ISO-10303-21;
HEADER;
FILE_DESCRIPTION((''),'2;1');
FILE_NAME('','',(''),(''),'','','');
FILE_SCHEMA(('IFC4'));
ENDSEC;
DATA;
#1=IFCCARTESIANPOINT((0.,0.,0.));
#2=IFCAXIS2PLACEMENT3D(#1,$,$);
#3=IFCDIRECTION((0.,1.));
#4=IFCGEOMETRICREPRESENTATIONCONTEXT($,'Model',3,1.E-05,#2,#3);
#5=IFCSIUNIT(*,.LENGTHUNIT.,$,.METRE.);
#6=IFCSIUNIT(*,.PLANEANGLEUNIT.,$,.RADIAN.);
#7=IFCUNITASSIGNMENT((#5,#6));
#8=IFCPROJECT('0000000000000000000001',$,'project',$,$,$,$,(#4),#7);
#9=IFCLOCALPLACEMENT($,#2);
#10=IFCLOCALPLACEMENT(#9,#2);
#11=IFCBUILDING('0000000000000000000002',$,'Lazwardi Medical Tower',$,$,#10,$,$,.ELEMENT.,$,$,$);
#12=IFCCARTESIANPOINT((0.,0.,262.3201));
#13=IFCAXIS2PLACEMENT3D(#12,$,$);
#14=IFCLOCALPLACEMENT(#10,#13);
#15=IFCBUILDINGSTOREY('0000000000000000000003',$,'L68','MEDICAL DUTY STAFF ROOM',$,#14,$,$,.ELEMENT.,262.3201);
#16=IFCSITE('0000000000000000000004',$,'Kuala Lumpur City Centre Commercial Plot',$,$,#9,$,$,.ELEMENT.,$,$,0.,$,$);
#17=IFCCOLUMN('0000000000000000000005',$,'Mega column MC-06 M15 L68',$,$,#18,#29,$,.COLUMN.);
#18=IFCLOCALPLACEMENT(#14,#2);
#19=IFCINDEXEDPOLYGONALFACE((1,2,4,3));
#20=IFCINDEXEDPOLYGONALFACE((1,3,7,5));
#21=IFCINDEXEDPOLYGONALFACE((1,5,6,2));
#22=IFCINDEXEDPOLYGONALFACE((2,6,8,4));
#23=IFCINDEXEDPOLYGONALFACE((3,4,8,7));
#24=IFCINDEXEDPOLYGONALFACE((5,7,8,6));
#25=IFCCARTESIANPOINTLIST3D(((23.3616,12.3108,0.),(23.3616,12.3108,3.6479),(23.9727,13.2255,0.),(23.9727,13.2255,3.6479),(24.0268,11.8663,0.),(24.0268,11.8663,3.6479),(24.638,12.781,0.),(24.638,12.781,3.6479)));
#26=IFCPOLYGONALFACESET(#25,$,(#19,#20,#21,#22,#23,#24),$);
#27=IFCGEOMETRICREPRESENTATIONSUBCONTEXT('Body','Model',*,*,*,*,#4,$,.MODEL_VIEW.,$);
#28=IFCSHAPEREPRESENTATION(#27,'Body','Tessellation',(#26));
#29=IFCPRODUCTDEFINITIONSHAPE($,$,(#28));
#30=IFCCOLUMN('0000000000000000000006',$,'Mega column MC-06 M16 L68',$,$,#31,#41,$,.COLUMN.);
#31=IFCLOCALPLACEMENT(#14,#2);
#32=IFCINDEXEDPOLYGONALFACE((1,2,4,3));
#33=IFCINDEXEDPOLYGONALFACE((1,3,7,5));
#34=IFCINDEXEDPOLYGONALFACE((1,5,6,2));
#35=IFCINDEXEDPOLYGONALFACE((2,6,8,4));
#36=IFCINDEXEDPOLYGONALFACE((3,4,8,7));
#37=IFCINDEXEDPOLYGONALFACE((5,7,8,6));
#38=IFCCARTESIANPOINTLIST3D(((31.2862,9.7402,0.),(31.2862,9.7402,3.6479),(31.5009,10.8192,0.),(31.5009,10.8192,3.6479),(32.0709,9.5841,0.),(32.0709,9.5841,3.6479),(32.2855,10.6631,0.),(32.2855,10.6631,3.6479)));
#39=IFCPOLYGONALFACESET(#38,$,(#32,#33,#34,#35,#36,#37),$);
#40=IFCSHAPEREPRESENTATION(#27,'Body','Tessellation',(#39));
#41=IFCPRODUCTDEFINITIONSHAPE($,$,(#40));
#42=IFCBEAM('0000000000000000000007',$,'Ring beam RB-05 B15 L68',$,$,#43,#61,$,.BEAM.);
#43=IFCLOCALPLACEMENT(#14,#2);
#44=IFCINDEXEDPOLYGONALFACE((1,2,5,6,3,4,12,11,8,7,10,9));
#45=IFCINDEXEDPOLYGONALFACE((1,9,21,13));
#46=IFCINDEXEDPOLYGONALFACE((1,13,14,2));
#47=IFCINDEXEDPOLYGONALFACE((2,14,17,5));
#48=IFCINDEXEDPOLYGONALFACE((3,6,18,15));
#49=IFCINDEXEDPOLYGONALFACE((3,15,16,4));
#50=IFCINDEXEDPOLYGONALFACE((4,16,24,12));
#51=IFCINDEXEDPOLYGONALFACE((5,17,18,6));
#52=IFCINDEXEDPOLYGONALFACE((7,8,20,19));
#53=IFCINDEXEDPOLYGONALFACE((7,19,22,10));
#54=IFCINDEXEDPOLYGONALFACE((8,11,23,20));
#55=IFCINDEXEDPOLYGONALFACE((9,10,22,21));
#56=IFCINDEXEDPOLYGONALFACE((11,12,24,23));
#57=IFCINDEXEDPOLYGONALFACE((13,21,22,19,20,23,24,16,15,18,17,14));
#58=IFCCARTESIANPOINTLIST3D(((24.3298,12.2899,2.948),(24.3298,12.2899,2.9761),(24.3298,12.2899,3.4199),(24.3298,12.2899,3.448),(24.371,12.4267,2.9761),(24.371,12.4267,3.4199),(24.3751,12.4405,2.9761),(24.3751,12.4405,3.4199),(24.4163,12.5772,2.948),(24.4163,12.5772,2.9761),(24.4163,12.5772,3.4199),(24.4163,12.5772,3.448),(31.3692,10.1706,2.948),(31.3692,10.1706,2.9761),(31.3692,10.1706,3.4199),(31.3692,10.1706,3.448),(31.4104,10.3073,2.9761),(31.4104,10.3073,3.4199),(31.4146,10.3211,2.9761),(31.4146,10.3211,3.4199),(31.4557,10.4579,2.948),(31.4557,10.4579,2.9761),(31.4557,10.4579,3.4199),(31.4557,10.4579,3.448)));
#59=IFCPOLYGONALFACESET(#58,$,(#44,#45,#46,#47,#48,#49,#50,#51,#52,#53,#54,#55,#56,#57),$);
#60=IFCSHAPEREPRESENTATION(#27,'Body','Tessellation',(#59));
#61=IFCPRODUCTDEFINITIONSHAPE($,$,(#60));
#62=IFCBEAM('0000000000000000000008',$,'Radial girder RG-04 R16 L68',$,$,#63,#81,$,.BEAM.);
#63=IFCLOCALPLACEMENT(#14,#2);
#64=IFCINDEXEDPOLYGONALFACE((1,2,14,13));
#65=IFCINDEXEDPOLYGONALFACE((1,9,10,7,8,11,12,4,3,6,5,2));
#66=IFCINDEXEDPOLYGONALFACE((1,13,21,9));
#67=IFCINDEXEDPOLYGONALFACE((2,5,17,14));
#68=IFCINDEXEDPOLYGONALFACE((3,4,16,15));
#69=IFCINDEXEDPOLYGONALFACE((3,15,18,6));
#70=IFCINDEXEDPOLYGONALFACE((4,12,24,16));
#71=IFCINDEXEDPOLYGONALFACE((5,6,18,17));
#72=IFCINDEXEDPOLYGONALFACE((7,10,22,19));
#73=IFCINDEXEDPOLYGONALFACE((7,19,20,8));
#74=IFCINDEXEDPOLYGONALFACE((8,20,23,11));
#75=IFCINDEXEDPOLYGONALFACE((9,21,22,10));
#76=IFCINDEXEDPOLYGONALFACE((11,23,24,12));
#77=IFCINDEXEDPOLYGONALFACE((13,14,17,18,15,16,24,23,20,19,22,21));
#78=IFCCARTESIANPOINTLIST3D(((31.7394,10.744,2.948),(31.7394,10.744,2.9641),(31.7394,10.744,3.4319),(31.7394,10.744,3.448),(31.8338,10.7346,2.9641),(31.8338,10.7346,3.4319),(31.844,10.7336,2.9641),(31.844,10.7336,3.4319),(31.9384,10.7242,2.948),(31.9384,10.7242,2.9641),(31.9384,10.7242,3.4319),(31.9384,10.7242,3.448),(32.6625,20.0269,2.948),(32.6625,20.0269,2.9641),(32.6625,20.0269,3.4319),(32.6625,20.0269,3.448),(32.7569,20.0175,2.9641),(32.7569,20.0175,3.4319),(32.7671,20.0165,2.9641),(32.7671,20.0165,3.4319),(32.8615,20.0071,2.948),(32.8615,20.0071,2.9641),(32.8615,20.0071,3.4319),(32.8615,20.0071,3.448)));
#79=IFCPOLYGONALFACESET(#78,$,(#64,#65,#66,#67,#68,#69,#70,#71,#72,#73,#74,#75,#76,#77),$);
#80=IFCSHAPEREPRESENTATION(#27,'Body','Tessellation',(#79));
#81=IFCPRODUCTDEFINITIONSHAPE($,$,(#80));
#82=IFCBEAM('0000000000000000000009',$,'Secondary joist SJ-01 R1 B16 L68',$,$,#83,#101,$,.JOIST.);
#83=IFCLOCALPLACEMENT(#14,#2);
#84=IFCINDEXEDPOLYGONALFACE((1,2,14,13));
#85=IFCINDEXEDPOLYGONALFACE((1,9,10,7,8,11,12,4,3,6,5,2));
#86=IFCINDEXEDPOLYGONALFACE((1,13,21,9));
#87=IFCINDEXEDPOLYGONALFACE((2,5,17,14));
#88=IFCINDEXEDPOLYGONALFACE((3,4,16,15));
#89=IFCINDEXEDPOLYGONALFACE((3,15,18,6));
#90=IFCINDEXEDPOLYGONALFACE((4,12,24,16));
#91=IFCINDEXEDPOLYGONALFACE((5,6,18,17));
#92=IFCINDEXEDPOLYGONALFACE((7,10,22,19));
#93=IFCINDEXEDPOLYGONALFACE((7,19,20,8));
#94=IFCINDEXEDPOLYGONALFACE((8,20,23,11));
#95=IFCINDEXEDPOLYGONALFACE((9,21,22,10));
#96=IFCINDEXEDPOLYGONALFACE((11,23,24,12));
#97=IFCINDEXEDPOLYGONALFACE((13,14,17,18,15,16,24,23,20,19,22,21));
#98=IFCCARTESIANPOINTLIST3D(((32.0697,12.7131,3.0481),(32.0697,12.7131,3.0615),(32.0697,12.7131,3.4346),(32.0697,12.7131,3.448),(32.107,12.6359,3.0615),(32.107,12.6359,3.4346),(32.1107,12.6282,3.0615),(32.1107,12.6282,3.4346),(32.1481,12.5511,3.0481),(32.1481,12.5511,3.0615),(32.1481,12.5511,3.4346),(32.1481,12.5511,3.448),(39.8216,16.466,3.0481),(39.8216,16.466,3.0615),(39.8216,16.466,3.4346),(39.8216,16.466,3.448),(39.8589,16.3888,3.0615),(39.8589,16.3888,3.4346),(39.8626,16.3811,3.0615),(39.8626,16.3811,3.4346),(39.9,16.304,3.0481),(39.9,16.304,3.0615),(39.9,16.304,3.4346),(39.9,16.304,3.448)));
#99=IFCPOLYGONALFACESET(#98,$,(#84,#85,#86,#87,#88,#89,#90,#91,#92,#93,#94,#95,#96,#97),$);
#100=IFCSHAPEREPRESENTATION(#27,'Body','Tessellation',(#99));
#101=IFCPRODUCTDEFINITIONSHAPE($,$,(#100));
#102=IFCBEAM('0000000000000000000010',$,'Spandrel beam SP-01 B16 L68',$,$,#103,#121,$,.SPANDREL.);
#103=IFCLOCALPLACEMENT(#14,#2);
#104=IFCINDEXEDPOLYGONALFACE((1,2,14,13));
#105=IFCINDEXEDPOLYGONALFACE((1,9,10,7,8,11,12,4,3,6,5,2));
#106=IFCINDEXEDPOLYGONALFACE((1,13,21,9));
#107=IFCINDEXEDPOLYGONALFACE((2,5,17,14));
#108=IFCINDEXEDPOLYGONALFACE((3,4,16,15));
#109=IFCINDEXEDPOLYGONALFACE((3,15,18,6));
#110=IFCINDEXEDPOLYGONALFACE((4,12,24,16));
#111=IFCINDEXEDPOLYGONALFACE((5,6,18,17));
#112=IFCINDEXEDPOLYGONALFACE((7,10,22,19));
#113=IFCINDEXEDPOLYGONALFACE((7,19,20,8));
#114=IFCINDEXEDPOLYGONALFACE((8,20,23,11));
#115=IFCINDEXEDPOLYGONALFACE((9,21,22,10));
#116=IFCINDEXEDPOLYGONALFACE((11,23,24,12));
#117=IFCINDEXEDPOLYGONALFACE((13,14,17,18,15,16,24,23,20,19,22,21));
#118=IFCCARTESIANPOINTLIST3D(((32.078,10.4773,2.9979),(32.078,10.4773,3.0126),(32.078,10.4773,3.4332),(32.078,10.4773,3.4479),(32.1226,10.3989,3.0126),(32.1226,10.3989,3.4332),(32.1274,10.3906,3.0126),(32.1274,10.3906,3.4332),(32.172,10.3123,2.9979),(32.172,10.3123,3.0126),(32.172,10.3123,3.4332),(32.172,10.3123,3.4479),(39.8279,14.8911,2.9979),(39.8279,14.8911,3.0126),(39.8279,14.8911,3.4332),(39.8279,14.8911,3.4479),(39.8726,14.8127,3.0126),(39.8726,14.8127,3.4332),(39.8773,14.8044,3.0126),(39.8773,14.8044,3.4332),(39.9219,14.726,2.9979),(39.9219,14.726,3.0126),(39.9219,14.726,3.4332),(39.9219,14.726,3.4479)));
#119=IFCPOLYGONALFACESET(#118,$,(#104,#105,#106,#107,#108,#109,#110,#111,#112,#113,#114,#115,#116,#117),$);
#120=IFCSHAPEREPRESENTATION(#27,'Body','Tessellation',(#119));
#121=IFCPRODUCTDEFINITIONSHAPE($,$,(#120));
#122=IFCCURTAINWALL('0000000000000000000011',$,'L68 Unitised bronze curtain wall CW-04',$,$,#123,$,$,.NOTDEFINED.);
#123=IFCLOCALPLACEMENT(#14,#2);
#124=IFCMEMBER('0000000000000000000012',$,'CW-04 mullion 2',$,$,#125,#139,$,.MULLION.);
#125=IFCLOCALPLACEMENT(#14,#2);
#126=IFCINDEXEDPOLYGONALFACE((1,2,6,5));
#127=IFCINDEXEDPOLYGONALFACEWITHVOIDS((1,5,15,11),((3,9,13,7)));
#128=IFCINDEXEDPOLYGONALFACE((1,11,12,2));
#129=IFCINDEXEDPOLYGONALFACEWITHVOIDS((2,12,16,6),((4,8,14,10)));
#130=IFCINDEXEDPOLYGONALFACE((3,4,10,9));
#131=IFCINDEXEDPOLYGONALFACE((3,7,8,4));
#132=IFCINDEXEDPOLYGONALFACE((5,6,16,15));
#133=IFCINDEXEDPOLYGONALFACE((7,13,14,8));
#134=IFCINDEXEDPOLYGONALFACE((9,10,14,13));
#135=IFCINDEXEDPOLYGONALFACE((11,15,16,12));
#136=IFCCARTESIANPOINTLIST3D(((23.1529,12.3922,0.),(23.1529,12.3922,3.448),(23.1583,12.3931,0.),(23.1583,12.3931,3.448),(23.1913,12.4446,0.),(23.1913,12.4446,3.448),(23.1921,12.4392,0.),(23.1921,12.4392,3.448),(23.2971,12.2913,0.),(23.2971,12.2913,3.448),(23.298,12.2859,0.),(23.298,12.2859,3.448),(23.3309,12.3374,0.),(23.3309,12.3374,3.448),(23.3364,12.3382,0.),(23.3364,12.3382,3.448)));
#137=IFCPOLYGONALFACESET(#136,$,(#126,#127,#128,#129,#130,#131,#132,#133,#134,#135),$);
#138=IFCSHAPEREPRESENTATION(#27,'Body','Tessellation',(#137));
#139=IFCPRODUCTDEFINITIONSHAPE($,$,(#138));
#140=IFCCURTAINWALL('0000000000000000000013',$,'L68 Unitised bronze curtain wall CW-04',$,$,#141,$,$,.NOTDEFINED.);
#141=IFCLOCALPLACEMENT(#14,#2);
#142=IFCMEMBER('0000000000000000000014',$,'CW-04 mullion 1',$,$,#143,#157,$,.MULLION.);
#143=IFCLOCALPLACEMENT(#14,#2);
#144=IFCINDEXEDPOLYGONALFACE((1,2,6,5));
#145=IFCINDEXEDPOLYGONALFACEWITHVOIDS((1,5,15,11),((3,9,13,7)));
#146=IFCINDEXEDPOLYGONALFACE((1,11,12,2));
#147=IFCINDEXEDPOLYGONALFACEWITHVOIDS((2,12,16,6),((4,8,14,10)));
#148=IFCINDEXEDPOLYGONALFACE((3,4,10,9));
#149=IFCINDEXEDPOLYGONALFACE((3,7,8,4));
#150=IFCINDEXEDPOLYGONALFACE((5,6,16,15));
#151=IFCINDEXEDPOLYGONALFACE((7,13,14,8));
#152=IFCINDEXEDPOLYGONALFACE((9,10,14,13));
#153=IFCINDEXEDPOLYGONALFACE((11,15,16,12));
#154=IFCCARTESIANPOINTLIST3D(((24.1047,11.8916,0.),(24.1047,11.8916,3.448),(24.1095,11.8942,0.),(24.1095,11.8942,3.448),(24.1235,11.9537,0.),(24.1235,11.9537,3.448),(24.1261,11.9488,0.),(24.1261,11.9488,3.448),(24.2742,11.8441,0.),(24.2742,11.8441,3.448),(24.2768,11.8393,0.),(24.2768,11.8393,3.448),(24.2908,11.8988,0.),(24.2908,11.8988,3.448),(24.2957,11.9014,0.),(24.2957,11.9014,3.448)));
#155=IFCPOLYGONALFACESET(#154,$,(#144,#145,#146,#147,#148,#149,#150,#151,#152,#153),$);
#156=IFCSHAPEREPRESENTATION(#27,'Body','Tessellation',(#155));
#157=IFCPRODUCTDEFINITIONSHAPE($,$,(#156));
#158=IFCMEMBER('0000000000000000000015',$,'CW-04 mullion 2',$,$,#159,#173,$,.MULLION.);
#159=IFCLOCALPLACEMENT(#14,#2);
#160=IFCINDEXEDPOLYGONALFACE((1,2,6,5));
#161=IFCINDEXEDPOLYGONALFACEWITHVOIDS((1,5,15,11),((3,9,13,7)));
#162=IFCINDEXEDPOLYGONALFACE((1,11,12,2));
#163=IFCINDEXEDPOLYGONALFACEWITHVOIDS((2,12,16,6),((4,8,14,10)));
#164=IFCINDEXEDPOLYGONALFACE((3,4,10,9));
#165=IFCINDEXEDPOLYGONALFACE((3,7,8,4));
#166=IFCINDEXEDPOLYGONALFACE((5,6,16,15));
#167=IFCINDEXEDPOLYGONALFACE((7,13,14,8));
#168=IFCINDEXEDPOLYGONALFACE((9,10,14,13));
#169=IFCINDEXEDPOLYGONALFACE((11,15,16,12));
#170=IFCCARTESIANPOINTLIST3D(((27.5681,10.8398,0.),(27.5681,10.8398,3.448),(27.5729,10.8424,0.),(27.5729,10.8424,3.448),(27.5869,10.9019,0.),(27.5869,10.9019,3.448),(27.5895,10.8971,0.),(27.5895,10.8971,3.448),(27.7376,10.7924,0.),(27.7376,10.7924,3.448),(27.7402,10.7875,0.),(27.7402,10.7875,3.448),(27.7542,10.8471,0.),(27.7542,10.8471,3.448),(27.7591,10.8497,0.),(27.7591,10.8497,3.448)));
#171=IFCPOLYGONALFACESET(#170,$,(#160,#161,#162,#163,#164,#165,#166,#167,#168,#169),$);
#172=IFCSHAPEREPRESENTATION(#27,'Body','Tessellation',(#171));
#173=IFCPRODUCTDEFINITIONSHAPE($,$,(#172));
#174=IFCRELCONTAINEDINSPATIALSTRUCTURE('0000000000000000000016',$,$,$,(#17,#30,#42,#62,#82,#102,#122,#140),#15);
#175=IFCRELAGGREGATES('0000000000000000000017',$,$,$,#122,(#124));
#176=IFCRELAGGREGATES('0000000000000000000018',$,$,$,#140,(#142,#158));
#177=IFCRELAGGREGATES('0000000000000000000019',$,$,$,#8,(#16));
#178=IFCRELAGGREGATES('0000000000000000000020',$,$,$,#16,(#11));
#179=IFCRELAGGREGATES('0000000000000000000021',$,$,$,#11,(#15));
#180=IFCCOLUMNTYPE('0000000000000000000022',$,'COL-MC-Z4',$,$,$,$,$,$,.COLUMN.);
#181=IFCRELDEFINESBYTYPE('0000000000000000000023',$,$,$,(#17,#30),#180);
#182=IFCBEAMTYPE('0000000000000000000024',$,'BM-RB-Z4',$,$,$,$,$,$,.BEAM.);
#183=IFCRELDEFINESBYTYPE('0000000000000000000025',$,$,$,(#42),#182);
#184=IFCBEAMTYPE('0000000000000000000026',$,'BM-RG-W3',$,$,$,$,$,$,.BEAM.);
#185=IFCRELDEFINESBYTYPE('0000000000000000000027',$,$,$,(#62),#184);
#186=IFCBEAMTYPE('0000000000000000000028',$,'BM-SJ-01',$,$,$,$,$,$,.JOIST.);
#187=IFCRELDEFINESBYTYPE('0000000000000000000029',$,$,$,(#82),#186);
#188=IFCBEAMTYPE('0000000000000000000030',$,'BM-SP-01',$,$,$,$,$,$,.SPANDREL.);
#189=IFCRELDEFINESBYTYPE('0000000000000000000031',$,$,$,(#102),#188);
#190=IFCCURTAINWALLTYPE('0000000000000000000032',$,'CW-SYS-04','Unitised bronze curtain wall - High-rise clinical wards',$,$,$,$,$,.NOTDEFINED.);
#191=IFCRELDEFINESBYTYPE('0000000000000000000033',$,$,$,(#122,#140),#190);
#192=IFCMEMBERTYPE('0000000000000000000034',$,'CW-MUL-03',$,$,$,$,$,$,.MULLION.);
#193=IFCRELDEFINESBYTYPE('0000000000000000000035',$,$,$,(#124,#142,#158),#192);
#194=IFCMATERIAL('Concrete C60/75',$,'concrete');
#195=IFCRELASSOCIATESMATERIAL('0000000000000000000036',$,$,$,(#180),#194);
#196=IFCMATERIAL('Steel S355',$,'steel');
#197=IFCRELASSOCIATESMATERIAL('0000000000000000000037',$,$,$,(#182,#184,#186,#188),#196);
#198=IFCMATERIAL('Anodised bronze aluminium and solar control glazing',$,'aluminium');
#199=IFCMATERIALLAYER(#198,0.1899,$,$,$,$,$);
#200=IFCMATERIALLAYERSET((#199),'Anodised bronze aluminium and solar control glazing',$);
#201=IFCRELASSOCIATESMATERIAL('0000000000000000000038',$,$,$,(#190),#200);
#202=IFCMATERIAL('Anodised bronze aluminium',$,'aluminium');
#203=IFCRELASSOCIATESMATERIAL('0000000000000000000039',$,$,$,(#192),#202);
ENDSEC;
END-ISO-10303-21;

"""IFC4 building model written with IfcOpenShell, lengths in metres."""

from ifc_helpers import new_model, si_unit, direction, frame, origin, origin_2d, place, context, subcontext, project, spatial, rectangle, hollow_rectangle, i_section, extrude, material, layer, layer_set, material_profile, profile_set, type_object, element, aggregate, save


model = new_model("IFC4")

# Units and contexts
model_context = context("Model", 3, precision=1e-05, world=origin(), true_north=direction((0.0, 1.0)))
body_context = subcontext(model_context, "Body", "Model", "MODEL_VIEW")
ifc_project = project(units=[si_unit("LENGTHUNIT", "METRE"), si_unit("PLANEANGLEUNIT", "RADIAN")], contexts=[model_context])

# Site, building, storey
site_placement = place(None, origin())
site = spatial("IfcSite", under=ifc_project, at=site_placement, Name="Kuala Lumpur City Centre Commercial Plot", CompositionType="ELEMENT", RefElevation=0.0)
building_placement = place(site_placement, origin())
building = spatial("IfcBuilding", under=site, at=building_placement, Name="Lazwardi Medical Tower", CompositionType="ELEMENT")
storey_placement = place(building_placement, frame((0.0, 0.0, 262.3201)))
storey = spatial("IfcBuildingStorey", under=building, at=storey_placement, Name="L68", Description="MEDICAL DUTY STAFF ROOM", CompositionType="ELEMENT", Elevation=262.3201)

# Columns
ifc_material_1 = material(Name="Concrete C60/75", Category="concrete")
ifc_material_profile_1 = material_profile(ifc_material_1, rectangle(XDim=1.1001, YDim=0.8, at=origin_2d()), Name="CFT-RECT 1100x800")
ifc_profile_set_1 = profile_set([ifc_material_profile_1], Name="Concrete C60/75")
column_type = type_object("IfcColumnType", Name="COL-MC-Z4", PredefinedType="COLUMN", material=ifc_profile_set_1)
for number, where, z_axis, x_axis, name in (
    (1, (23.9998, 12.5459, 0.0), (0.0, 0.0, 1.0), (-0.55557, -0.83147, 0.0), "Mega column MC-06 M15 L68"),
    (2, (31.7859, 10.2017, 0.0), (0.0, 0.0, 1.0), (-0.19509, -0.980785, 0.0), "Mega column MC-06 M16 L68"),
):
    element("IfcColumn", number, at=place(storey_placement, frame(where, z_axis=z_axis, x_axis=x_axis)), inside=storey, type_object=column_type, Name=name, PredefinedType="COLUMN", context=body_context, shape_type="SweptSolid", body=[
        extrude(rectangle(XDim=1.1001, YDim=0.8, at=origin_2d()), origin(), (0.0, 0.0, 1.0), 3.6479),
    ])

# Beams
ifc_material_2 = material(Name="Steel S355", Category="steel")
ifc_material_profile_2 = material_profile(ifc_material_2, i_section(OverallWidth=0.3, OverallDepth=0.5, WebThickness=0.0144, FlangeThickness=0.0281, at=origin_2d()), Name="HEB 500")
ifc_profile_set_2 = profile_set([ifc_material_profile_2], Name="Steel S355")
beam_type_1 = type_object("IfcBeamType", Name="BM-RB-Z4", PredefinedType="BEAM", material=ifc_profile_set_2)
beam_1_placement = place(storey_placement, frame((24.373, 12.4336, 3.198), z_axis=(0.957544, -0.288286, 0.0), x_axis=(0.288286, 0.957544, 0.0)))
element("IfcBeam", 3, at=beam_1_placement, inside=storey, type_object=beam_type_1, Name="Ring beam RB-05 B15 L68", PredefinedType="BEAM", context=body_context, shape_type="SweptSolid", body=[
    extrude(i_section(OverallWidth=0.3, OverallDepth=0.5, WebThickness=0.0144, FlangeThickness=0.0281, at=origin_2d()), origin(), (0.0, 0.0, 1.0), 7.3516),
])
ifc_material_profile_3 = material_profile(ifc_material_2, i_section(OverallWidth=0.2, OverallDepth=0.5, WebThickness=0.0103, FlangeThickness=0.0161, at=origin_2d()), Name="IPE 500")
ifc_profile_set_3 = profile_set([ifc_material_profile_3], Name="Steel S355")
beam_type_2 = type_object("IfcBeamType", Name="BM-RG-W3", PredefinedType="BEAM", material=ifc_profile_set_3)
beam_2_placement = place(storey_placement, frame((31.8389, 10.7341, 3.198), z_axis=(0.098954, 0.995092, 0.0), x_axis=(-0.995092, 0.098954, 0.0)))
element("IfcBeam", 4, at=beam_2_placement, inside=storey, type_object=beam_type_2, Name="Radial girder RG-04 R16 L68", PredefinedType="BEAM", context=body_context, shape_type="SweptSolid", body=[
    extrude(i_section(OverallWidth=0.2, OverallDepth=0.5, WebThickness=0.0103, FlangeThickness=0.0161, at=origin_2d()), origin(), (0.0, 0.0, 1.0), 9.3286),
])
ifc_material_profile_4 = material_profile(ifc_material_2, i_section(OverallWidth=0.1799, OverallDepth=0.3999, WebThickness=0.0085, FlangeThickness=0.0134, at=origin_2d()), Name="IPE 400")
ifc_profile_set_4 = profile_set([ifc_material_profile_4], Name="Steel S355")
beam_type_3 = type_object("IfcBeamType", Name="BM-SJ-01", PredefinedType="JOIST", material=ifc_profile_set_4)
beam_3_placement = place(storey_placement, frame((32.1089, 12.6321, 3.248), z_axis=(0.900069, 0.435748, 0.0), x_axis=(-0.435748, 0.900069, 0.0)))
element("IfcBeam", 5, at=beam_3_placement, inside=storey, type_object=beam_type_3, Name="Secondary joist SJ-01 R1 B16 L68", PredefinedType="JOIST", context=body_context, shape_type="SweptSolid", body=[
    extrude(i_section(OverallWidth=0.1799, OverallDepth=0.3999, WebThickness=0.0085, FlangeThickness=0.0134, at=origin_2d()), origin(), (0.0, 0.0, 1.0), 8.6125),
])
ifc_material_profile_5 = material_profile(ifc_material_2, i_section(OverallWidth=0.1899, OverallDepth=0.45, WebThickness=0.0095, FlangeThickness=0.0146, at=origin_2d()), Name="IPE 450")
ifc_profile_set_5 = profile_set([ifc_material_profile_5], Name="Steel S355")
beam_type_4 = type_object("IfcBeamType", Name="BM-SP-01", PredefinedType="SPANDREL", material=ifc_profile_set_5)
beam_4_placement = place(storey_placement, frame((32.125, 10.3948, 3.2229), z_axis=(0.868955, 0.494891, 0.0), x_axis=(-0.494891, 0.868955, 0.0)))
element("IfcBeam", 6, at=beam_4_placement, inside=storey, type_object=beam_type_4, Name="Spandrel beam SP-01 B16 L68", PredefinedType="SPANDREL", context=body_context, shape_type="SweptSolid", body=[
    extrude(i_section(OverallWidth=0.1899, OverallDepth=0.45, WebThickness=0.0095, FlangeThickness=0.0146, at=origin_2d()), origin(), (0.0, 0.0, 1.0), 8.9187),
])

# Curtain wall, member
ifc_material_3 = material(Name="Anodised bronze aluminium and solar control glazing", Category="aluminium")
ifc_layer_1 = layer(ifc_material_3, 0.1899)
ifc_layer_set_1 = layer_set([ifc_layer_1], Name="Anodised bronze aluminium and solar control glazing")
curtain_wall_type = type_object("IfcCurtainWallType", Name="CW-SYS-04", Description="Unitised bronze curtain wall - High-rise clinical wards", PredefinedType="NOTDEFINED", material=ifc_layer_set_1)
curtain_wall_1_placement = place(storey_placement, origin())
curtain_wall_1 = element("IfcCurtainWall", 7, at=curtain_wall_1_placement, inside=storey, type_object=curtain_wall_type, Name="L68 Unitised bronze curtain wall CW-04", PredefinedType="NOTDEFINED")
ifc_material_4 = material(Name="Anodised bronze aluminium", Category="aluminium")
ifc_material_profile_6 = material_profile(ifc_material_4, hollow_rectangle(XDim=0.0649, YDim=0.1799, WallThickness=0.0039, at=origin_2d()), Name="ALU-MULLION 180x65x4")
ifc_profile_set_6 = profile_set([ifc_material_profile_6], Name="Anodised bronze aluminium")
member_type_1 = type_object("IfcMemberType", Name="CW-MUL-03", PredefinedType="MULLION", material=ifc_profile_set_6)
member_1_placement = place(storey_placement, frame((23.2446, 12.3652, 0.0), z_axis=(0.0, 0.0, 1.0), x_axis=(0.591268, 0.806475, 0.0)))
member_1 = element("IfcMember", 8, at=member_1_placement, type_object=member_type_1, Name="CW-04 mullion 2", PredefinedType="MULLION", context=body_context, shape_type="SweptSolid", body=[
    extrude(hollow_rectangle(XDim=0.0649, YDim=0.1799, WallThickness=0.0039, at=origin_2d()), origin(), (0.0, 0.0, 1.0), 3.448),
])
aggregate(curtain_wall_1, [member_1])

# Curtain wall, members
curtain_wall_2_placement = place(storey_placement, origin())
curtain_wall_2 = element("IfcCurtainWall", 9, at=curtain_wall_2_placement, inside=storey, type_object=curtain_wall_type, Name="L68 Unitised bronze curtain wall CW-04", PredefinedType="NOTDEFINED")
member_2_placement = place(storey_placement, frame((24.2002, 11.8965, 0.0), z_axis=(0.0, 0.0, 1.0), x_axis=(0.290582, 0.95685, 0.0)))
member_2 = element("IfcMember", 10, at=member_2_placement, type_object=member_type_1, Name="CW-04 mullion 1", PredefinedType="MULLION", context=body_context, shape_type="SweptSolid", body=[
    extrude(hollow_rectangle(XDim=0.0649, YDim=0.1799, WallThickness=0.0039, at=origin_2d()), origin(), (0.0, 0.0, 1.0), 3.448),
])
member_3_placement = place(storey_placement, frame((27.6636, 10.8447, 0.0), z_axis=(0.0, 0.0, 1.0), x_axis=(0.290582, 0.95685, 0.0)))
member_3 = element("IfcMember", 11, at=member_3_placement, type_object=member_type_1, Name="CW-04 mullion 2", PredefinedType="MULLION", context=body_context, shape_type="SweptSolid", body=[
    extrude(hollow_rectangle(XDim=0.0649, YDim=0.1799, WallThickness=0.0039, at=origin_2d()), origin(), (0.0, 0.0, 1.0), 3.448),
])
aggregate(curtain_wall_2, [member_2, member_3])

save(model, "model.ifc")
